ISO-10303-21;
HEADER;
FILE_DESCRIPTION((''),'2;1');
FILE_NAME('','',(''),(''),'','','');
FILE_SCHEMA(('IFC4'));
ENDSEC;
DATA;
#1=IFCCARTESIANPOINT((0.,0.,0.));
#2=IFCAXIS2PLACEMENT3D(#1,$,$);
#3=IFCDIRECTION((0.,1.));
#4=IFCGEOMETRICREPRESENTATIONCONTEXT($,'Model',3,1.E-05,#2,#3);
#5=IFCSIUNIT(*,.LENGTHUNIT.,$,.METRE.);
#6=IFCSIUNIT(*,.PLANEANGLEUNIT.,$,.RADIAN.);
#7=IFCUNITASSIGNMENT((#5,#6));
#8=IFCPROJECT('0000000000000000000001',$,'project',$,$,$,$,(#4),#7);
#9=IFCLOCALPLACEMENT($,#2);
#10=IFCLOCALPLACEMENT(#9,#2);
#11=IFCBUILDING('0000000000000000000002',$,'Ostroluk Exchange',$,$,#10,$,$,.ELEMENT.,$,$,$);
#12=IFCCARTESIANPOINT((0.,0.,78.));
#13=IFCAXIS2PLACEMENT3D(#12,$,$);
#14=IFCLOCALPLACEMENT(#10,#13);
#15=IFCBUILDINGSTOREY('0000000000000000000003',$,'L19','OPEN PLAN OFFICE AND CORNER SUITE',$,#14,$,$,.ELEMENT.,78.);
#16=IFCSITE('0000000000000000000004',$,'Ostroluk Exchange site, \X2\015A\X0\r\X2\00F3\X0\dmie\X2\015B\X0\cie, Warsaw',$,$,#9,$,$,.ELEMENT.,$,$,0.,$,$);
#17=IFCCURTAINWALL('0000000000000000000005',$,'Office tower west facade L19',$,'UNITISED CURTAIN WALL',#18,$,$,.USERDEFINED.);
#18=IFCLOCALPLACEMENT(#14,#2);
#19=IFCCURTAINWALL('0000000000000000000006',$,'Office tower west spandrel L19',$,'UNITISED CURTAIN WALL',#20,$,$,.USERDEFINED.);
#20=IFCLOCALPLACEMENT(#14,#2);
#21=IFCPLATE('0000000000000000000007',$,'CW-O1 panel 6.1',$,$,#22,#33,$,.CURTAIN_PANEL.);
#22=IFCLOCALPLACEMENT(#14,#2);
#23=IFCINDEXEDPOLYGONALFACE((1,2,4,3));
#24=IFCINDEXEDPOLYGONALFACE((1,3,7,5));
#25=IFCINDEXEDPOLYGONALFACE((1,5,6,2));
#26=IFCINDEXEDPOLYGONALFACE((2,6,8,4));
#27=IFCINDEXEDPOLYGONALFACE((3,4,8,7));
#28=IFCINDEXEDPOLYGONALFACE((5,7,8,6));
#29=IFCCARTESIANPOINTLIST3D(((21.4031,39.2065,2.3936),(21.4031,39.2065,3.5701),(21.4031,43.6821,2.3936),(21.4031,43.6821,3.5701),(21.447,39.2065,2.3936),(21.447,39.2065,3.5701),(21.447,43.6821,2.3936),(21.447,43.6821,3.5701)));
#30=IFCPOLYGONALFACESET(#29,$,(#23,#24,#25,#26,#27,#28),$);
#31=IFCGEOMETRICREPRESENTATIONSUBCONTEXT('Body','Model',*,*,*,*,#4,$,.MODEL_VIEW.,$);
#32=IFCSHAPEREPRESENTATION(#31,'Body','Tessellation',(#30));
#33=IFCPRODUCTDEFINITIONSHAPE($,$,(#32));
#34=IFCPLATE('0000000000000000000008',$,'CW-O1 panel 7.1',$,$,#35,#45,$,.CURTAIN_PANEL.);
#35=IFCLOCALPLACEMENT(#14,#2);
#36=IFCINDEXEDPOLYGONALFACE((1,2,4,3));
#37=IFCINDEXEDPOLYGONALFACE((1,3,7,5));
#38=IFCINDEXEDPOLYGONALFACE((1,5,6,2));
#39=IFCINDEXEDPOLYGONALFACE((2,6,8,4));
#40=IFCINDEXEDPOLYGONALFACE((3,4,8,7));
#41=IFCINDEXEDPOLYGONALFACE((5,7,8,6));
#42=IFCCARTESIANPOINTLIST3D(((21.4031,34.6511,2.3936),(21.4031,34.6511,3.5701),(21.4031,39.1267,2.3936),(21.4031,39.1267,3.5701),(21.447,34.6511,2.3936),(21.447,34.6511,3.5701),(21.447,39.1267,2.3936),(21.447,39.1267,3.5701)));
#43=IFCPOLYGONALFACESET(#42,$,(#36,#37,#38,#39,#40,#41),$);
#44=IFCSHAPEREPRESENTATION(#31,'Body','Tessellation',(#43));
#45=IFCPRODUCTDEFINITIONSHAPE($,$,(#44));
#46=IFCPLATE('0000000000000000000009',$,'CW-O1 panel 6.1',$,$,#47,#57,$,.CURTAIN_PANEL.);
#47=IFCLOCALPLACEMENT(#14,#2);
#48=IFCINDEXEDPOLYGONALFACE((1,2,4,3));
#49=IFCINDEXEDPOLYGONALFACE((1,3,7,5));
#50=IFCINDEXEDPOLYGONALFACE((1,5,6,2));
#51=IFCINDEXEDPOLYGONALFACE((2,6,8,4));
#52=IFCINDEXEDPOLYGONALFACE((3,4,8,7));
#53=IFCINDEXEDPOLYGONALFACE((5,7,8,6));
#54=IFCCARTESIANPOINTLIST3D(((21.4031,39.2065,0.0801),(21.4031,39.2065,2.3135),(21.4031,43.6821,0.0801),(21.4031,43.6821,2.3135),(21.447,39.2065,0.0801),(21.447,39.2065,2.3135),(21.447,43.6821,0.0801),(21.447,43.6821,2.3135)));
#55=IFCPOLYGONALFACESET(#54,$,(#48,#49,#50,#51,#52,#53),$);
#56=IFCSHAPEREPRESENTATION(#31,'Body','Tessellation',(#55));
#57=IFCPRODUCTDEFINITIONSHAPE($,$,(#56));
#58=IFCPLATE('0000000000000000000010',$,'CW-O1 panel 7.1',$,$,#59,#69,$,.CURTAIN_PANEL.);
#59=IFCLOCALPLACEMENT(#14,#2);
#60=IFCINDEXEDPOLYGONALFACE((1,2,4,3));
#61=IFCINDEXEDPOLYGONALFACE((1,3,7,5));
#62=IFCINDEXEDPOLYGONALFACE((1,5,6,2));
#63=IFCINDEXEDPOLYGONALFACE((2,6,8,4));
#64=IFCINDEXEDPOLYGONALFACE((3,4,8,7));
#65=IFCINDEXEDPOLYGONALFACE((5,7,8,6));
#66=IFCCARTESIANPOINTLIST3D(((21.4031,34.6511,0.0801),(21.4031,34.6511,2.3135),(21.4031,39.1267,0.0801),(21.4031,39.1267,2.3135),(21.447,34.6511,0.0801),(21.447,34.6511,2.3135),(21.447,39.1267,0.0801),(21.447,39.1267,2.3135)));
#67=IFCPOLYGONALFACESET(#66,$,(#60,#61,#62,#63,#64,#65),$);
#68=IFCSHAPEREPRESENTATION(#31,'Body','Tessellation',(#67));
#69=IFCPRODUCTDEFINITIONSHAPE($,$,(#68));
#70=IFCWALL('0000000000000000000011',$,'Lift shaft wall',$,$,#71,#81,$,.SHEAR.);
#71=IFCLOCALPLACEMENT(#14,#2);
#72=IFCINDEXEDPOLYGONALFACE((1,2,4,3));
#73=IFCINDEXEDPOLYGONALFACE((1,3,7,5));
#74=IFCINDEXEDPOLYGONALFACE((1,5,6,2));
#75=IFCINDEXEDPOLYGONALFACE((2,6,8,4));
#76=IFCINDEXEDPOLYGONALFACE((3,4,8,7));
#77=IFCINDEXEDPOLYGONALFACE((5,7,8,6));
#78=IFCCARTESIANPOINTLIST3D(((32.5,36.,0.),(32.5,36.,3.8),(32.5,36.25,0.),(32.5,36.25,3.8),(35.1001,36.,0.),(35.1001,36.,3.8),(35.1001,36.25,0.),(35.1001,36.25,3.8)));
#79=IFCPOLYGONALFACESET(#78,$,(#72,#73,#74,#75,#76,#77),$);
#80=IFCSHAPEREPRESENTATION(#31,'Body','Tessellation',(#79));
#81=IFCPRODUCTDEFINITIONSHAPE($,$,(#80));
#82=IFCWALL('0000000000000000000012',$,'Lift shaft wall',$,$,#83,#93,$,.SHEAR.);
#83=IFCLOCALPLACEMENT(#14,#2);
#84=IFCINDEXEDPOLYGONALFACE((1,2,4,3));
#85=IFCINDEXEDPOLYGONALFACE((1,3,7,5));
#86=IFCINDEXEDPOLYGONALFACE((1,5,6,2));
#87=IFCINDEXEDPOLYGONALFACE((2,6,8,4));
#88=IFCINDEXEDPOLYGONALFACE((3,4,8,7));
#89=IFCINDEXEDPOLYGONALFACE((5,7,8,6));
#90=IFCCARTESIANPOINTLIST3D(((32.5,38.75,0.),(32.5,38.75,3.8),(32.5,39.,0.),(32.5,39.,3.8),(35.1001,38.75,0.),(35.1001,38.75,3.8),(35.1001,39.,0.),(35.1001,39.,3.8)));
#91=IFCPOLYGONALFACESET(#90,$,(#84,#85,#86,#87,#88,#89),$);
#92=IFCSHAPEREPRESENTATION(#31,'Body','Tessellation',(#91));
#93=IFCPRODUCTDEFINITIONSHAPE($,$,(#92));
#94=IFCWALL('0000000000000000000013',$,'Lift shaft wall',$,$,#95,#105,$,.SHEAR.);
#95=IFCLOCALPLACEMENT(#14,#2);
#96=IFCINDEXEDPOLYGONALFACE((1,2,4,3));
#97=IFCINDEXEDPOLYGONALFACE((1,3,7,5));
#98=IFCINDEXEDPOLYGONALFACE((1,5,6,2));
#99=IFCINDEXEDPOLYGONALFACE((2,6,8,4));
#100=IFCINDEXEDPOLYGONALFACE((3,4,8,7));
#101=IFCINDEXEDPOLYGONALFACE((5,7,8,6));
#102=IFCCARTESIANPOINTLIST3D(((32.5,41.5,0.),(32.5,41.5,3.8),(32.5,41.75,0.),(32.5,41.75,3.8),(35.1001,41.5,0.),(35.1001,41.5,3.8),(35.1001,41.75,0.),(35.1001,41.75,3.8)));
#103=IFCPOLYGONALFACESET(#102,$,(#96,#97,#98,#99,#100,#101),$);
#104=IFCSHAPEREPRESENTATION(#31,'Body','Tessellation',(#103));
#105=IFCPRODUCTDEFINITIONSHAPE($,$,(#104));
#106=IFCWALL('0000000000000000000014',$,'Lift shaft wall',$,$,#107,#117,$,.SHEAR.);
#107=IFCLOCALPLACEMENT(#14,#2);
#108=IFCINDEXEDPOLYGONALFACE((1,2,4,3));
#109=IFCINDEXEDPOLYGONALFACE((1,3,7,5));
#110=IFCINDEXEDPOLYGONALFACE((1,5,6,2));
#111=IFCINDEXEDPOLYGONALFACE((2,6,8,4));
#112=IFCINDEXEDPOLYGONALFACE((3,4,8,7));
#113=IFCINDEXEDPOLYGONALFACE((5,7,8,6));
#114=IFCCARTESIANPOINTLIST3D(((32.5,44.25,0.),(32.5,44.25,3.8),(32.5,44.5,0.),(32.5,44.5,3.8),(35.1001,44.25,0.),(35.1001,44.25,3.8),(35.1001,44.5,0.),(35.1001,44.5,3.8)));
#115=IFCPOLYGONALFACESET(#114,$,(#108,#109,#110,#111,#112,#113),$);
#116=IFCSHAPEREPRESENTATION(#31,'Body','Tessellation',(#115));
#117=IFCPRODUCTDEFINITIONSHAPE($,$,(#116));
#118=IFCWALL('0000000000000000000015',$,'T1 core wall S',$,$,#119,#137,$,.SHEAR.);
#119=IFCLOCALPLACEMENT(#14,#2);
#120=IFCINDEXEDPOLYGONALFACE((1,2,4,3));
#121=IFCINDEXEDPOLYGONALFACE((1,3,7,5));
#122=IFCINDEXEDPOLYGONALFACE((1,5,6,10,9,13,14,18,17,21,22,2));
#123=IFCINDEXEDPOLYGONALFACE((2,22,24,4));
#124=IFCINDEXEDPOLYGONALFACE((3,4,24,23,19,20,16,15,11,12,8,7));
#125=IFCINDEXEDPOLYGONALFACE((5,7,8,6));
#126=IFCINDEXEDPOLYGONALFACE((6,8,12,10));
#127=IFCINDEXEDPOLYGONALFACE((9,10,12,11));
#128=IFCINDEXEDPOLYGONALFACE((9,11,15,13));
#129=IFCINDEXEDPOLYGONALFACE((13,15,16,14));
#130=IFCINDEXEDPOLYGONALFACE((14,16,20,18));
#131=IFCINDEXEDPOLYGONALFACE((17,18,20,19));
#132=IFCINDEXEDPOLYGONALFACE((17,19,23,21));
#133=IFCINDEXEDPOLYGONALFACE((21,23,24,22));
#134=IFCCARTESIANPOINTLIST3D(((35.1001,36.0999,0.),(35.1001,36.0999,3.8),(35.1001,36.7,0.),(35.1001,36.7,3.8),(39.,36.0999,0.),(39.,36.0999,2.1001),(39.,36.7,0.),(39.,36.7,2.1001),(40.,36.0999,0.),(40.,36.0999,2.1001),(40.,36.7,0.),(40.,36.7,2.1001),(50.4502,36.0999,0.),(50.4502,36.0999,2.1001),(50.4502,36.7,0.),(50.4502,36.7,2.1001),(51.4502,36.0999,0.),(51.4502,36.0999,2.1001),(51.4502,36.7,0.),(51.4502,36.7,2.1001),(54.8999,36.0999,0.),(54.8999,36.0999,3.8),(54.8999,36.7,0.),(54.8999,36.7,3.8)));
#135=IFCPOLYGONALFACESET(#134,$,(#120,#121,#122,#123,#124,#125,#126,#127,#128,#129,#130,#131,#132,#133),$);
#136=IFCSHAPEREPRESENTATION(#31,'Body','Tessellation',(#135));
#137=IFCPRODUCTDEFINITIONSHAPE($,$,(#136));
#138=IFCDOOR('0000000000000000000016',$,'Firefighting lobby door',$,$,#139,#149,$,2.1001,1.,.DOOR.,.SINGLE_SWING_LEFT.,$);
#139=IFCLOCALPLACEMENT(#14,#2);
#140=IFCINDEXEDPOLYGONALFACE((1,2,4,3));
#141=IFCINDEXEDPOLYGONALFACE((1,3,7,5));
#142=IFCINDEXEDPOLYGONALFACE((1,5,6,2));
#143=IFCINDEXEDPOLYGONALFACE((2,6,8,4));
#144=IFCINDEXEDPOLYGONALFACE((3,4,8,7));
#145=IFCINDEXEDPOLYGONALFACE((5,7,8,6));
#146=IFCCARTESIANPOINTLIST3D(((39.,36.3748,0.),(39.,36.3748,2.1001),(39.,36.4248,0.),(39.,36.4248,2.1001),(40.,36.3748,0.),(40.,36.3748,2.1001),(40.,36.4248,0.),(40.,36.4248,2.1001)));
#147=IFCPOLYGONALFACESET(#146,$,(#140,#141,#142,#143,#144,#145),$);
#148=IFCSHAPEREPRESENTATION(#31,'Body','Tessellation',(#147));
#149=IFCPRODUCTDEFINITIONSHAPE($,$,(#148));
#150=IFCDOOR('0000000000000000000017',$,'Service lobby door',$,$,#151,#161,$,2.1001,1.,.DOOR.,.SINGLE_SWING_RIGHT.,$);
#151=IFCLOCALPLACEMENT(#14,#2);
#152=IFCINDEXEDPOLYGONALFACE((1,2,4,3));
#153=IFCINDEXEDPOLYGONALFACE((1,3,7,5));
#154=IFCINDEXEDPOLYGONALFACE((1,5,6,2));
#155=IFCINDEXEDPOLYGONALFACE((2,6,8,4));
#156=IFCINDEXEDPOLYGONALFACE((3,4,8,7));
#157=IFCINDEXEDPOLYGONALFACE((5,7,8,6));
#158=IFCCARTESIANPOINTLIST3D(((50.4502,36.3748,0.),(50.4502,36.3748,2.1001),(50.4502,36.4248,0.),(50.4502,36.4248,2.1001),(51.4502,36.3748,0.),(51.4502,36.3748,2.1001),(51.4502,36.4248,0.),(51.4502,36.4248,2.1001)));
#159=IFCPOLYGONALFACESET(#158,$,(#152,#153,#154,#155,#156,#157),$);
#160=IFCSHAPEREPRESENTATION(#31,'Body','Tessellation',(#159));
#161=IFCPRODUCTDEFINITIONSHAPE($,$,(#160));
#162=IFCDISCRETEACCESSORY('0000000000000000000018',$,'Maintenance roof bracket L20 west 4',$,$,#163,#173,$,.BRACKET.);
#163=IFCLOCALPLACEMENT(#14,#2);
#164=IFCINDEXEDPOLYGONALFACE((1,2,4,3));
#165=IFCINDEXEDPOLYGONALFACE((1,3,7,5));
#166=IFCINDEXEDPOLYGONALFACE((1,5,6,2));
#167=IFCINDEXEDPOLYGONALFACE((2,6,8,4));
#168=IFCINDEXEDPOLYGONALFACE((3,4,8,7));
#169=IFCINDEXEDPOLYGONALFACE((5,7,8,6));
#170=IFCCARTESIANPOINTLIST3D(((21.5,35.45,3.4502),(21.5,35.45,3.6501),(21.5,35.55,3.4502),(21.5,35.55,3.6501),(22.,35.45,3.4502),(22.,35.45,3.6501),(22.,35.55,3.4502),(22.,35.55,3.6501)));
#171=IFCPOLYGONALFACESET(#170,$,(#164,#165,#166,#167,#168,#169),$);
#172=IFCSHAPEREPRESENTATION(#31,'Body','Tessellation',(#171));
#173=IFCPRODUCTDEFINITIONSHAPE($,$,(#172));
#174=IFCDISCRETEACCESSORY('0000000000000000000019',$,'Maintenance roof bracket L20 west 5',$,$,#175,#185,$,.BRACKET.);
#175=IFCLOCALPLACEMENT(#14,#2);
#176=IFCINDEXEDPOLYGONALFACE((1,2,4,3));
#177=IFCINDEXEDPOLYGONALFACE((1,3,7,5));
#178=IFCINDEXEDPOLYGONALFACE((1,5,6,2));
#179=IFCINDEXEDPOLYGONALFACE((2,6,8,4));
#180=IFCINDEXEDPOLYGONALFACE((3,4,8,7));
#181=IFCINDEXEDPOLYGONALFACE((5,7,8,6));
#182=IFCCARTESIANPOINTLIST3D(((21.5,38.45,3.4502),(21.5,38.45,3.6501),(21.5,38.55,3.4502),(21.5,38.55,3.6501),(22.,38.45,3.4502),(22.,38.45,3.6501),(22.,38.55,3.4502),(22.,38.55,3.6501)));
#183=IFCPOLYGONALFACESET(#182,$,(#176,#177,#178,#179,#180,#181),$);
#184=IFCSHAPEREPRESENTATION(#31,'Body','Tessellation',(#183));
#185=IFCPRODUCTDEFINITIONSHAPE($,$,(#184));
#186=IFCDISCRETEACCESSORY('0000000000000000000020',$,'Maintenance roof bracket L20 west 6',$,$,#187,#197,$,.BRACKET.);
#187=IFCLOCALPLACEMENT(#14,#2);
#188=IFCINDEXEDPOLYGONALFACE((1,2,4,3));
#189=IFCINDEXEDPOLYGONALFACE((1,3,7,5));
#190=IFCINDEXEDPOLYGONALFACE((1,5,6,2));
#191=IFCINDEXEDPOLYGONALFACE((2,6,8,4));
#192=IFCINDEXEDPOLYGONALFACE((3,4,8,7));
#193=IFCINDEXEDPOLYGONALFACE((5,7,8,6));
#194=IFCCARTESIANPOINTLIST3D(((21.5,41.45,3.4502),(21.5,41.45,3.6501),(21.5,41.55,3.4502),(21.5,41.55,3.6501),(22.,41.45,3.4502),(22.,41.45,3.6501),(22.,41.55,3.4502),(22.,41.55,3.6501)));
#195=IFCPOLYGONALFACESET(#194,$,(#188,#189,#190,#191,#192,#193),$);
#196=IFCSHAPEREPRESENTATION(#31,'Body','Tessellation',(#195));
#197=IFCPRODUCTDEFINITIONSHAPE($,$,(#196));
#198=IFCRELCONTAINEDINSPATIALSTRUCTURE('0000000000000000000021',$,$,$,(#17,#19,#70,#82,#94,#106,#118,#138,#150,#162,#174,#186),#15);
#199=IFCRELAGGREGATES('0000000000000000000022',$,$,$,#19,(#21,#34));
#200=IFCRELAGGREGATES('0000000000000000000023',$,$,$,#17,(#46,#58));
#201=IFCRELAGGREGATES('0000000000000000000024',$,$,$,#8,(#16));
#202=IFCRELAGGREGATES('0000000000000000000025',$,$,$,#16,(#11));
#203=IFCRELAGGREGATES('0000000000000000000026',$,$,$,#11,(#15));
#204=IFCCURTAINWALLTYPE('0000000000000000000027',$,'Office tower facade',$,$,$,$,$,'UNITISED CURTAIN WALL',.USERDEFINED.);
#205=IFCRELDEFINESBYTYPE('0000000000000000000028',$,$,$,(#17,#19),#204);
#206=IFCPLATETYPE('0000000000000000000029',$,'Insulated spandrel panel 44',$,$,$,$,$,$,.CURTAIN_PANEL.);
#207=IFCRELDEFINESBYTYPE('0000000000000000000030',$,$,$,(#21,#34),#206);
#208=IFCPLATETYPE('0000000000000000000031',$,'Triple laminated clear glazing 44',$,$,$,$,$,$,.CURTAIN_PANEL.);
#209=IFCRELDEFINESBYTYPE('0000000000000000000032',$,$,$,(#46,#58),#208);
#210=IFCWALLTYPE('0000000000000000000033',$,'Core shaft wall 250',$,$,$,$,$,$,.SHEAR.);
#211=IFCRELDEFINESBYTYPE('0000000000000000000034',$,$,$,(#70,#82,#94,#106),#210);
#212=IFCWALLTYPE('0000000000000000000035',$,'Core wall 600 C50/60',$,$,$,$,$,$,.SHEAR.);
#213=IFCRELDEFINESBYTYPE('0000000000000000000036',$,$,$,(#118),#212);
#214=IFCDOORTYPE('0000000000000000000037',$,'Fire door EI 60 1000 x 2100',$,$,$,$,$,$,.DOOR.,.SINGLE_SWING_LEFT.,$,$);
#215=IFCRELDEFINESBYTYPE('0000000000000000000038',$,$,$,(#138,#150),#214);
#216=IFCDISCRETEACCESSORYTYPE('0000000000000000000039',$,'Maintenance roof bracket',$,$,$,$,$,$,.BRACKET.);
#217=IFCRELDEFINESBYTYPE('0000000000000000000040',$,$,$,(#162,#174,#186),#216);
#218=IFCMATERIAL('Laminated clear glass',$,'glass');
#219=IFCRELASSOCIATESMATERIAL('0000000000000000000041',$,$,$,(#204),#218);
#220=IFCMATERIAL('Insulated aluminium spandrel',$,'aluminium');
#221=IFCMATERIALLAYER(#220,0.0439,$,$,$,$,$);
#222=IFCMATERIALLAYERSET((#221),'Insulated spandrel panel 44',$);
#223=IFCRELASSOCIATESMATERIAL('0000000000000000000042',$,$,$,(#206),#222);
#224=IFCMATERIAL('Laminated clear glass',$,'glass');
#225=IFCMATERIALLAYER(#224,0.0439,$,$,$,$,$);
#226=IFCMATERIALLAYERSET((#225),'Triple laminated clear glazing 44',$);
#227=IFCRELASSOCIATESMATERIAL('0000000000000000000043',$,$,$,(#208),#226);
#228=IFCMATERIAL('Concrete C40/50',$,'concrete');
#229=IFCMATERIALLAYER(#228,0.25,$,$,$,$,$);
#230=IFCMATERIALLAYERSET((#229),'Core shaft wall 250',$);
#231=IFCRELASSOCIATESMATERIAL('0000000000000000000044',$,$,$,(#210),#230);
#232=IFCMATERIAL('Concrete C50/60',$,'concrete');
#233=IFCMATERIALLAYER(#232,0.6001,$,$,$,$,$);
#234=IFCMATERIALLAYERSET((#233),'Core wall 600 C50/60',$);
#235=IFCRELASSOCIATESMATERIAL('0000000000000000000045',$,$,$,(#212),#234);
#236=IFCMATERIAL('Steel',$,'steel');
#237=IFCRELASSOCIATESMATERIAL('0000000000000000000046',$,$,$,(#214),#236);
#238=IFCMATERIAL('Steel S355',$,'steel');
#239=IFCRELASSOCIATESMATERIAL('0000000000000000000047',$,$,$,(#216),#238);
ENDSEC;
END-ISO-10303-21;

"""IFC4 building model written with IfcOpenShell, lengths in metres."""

from ifc_helpers import new_model, si_unit, direction, frame, frame_2d, origin, origin_2d, place, context, subcontext, project, spatial, rectangle, extrude, material, layer, layer_set, type_object, element, fill, aggregate, save


model = new_model("IFC4")

# Units and contexts
model_context = context("Model", 3, precision=1e-05, world=origin(), true_north=direction((0.0, 1.0)))
body_context = subcontext(model_context, "Body", "Model", "MODEL_VIEW")
ifc_project = project(units=[si_unit("LENGTHUNIT", "METRE"), si_unit("PLANEANGLEUNIT", "RADIAN")], contexts=[model_context])

# Site, building, storey
site_placement = place(None, origin())
site = spatial("IfcSite", under=ifc_project, at=site_placement, Name="Ostroluk Exchange site, Śródmieście, Warsaw", CompositionType="ELEMENT", RefElevation=0.0)
building_placement = place(site_placement, origin())
building = spatial("IfcBuilding", under=site, at=building_placement, Name="Ostroluk Exchange", CompositionType="ELEMENT")
storey_placement = place(building_placement, frame((0.0, 0.0, 78.0)))
storey = spatial("IfcBuildingStorey", under=building, at=storey_placement, Name="L19", Description="OPEN PLAN OFFICE AND CORNER SUITE", CompositionType="ELEMENT", Elevation=78.0)

# Curtain walls
ifc_material_1 = material(Name="Laminated clear glass", Category="glass")
curtain_wall_type = type_object("IfcCurtainWallType", Name="Office tower facade", ElementType="UNITISED CURTAIN WALL", PredefinedType="USERDEFINED", material=ifc_material_1)
curtain_wall_1_placement = place(storey_placement, origin())
curtain_wall_1 = element("IfcCurtainWall", 1, at=curtain_wall_1_placement, inside=storey, type_object=curtain_wall_type, Name="Office tower west facade L19", ObjectType="UNITISED CURTAIN WALL", PredefinedType="USERDEFINED")
curtain_wall_2_placement = place(storey_placement, origin())
curtain_wall_2 = element("IfcCurtainWall", 2, at=curtain_wall_2_placement, inside=storey, type_object=curtain_wall_type, Name="Office tower west spandrel L19", ObjectType="UNITISED CURTAIN WALL", PredefinedType="USERDEFINED")

# Plates
ifc_material_2 = material(Name="Insulated aluminium spandrel", Category="aluminium")
ifc_layer_1 = layer(ifc_material_2, 0.0439)
ifc_layer_set_1 = layer_set([ifc_layer_1], Name="Insulated spandrel panel 44")
plate_type_1 = type_object("IfcPlateType", Name="Insulated spandrel panel 44", PredefinedType="CURTAIN_PANEL", material=ifc_layer_set_1)
plate_1_placement = place(storey_placement, frame((21.425, 41.4443, 2.3936), z_axis=(0.0, 0.0, 1.0), x_axis=(0.0, -1.0, 0.0)))
plate_1 = element("IfcPlate", 3, at=plate_1_placement, type_object=plate_type_1, Name="CW-O1 panel 6.1", PredefinedType="CURTAIN_PANEL", context=body_context, shape_type="SweptSolid", body=[
    extrude(rectangle(XDim=4.4756, YDim=0.0439, at=origin_2d()), origin(), (0.0, 0.0, 1.0), 1.1765),
])
plate_2_placement = place(storey_placement, frame((21.425, 36.8889, 2.3936), z_axis=(0.0, 0.0, 1.0), x_axis=(0.0, -1.0, 0.0)))
plate_2 = element("IfcPlate", 4, at=plate_2_placement, type_object=plate_type_1, Name="CW-O1 panel 7.1", PredefinedType="CURTAIN_PANEL", context=body_context, shape_type="SweptSolid", body=[
    extrude(rectangle(XDim=4.4756, YDim=0.0439, at=origin_2d()), origin(), (0.0, 0.0, 1.0), 1.1765),
])
aggregate(curtain_wall_2, [plate_1, plate_2])
ifc_material_3 = material(Name="Laminated clear glass", Category="glass")
ifc_layer_2 = layer(ifc_material_3, 0.0439)
ifc_layer_set_2 = layer_set([ifc_layer_2], Name="Triple laminated clear glazing 44")
plate_type_2 = type_object("IfcPlateType", Name="Triple laminated clear glazing 44", PredefinedType="CURTAIN_PANEL", material=ifc_layer_set_2)
plate_3_placement = place(storey_placement, frame((21.425, 41.4443, 0.0801), z_axis=(0.0, 0.0, 1.0), x_axis=(0.0, -1.0, 0.0)))
plate_3 = element("IfcPlate", 5, at=plate_3_placement, type_object=plate_type_2, Name="CW-O1 panel 6.1", PredefinedType="CURTAIN_PANEL", context=body_context, shape_type="SweptSolid", body=[
    extrude(rectangle(XDim=4.4756, YDim=0.0439, at=origin_2d()), origin(), (0.0, 0.0, 1.0), 2.2334),
])
plate_4_placement = place(storey_placement, frame((21.425, 36.8889, 0.0801), z_axis=(0.0, 0.0, 1.0), x_axis=(0.0, -1.0, 0.0)))
plate_4 = element("IfcPlate", 6, at=plate_4_placement, type_object=plate_type_2, Name="CW-O1 panel 7.1", PredefinedType="CURTAIN_PANEL", context=body_context, shape_type="SweptSolid", body=[
    extrude(rectangle(XDim=4.4756, YDim=0.0439, at=origin_2d()), origin(), (0.0, 0.0, 1.0), 2.2334),
])
aggregate(curtain_wall_1, [plate_3, plate_4])

# Walls
ifc_material_4 = material(Name="Concrete C40/50", Category="concrete")
ifc_layer_3 = layer(ifc_material_4, 0.25)
ifc_layer_set_3 = layer_set([ifc_layer_3], Name="Core shaft wall 250")
wall_type_1 = type_object("IfcWallType", Name="Core shaft wall 250", PredefinedType="SHEAR", material=ifc_layer_set_3)
for number, where, z_axis, x_axis, name in (
    (7, (32.5, 36.125, 0.0), (0.0, 0.0, 1.0), (1.0, 0.0, 0.0), "Lift shaft wall"),
    (8, (32.5, 38.875, 0.0), (0.0, 0.0, 1.0), (1.0, 0.0, 0.0), "Lift shaft wall"),
    (9, (32.5, 41.625, 0.0), (0.0, 0.0, 1.0), (1.0, 0.0, 0.0), "Lift shaft wall"),
    (10, (32.5, 44.375, 0.0), (0.0, 0.0, 1.0), (1.0, 0.0, 0.0), "Lift shaft wall"),
):
    element("IfcWall", number, at=place(storey_placement, frame(where, z_axis=z_axis, x_axis=x_axis)), inside=storey, type_object=wall_type_1, Name=name, PredefinedType="SHEAR", context=body_context, shape_type="SweptSolid", body=[
        extrude(rectangle(XDim=2.6001, YDim=0.25, at=frame_2d((1.3, 0.0))), origin(), (0.0, 0.0, 1.0), 3.8),
    ])

# Wall, openings, doors
ifc_material_5 = material(Name="Concrete C50/60", Category="concrete")
ifc_layer_4 = layer(ifc_material_5, 0.6001)
ifc_layer_set_4 = layer_set([ifc_layer_4], Name="Core wall 600 C50/60")
wall_type_2 = type_object("IfcWallType", Name="Core wall 600 C50/60", PredefinedType="SHEAR", material=ifc_layer_set_4)
wall_1_placement = place(storey_placement, frame((35.1001, 36.3999, 0.0), z_axis=(0.0, 0.0, 1.0), x_axis=(1.0, 0.0, 0.0)))
wall_1 = element("IfcWall", 11, at=wall_1_placement, inside=storey, type_object=wall_type_2, Name="T1 core wall S", PredefinedType="SHEAR", context=body_context, shape_type="SweptSolid", body=[
    extrude(rectangle(XDim=19.7998, YDim=0.6001, at=frame_2d((9.8999, 0.0))), origin(), (0.0, 0.0, 1.0), 3.8),
])
opening_1_placement = place(wall_1_placement, frame((3.8999, 0.0, 0.0)))
opening_1 = element("IfcOpeningElement", 12, at=opening_1_placement, cuts=wall_1, PredefinedType="OPENING", context=body_context, shape_type="SweptSolid", body=[
    extrude(rectangle(XDim=1.0, YDim=2.1001, at=frame_2d((0.5, 1.05))), frame((0.0, 0.3101, 0.0), z_axis=(0.0, -1.0, 0.0), x_axis=(1.0, 0.0, 0.0)), (0.0, 0.0, 1.0), 0.6201),
])
opening_2_placement = place(wall_1_placement, frame((15.3501, 0.0, 0.0)))
opening_2 = element("IfcOpeningElement", 13, at=opening_2_placement, cuts=wall_1, PredefinedType="OPENING", context=body_context, shape_type="SweptSolid", body=[
    extrude(rectangle(XDim=1.0, YDim=2.1001, at=frame_2d((0.5, 1.05))), frame((0.0, 0.3101, 0.0), z_axis=(0.0, -1.0, 0.0), x_axis=(1.0, 0.0, 0.0)), (0.0, 0.0, 1.0), 0.6201),
])
ifc_material_6 = material(Name="Steel", Category="steel")
door_type_1 = type_object("IfcDoorType", Name="Fire door EI 60 1000 x 2100", OperationType="SINGLE_SWING_LEFT", PredefinedType="DOOR", material=ifc_material_6)
door_1_placement = place(opening_1_placement, origin())
door_1 = element("IfcDoor", 14, at=door_1_placement, inside=storey, type_object=door_type_1, Name="Firefighting lobby door", OperationType="SINGLE_SWING_LEFT", OverallHeight=2.1001, OverallWidth=1.0, PredefinedType="DOOR", context=body_context, shape_type="SweptSolid", body=[
    extrude(rectangle(XDim=1.0, YDim=2.1001, at=frame_2d((0.5, 1.05))), frame((0.0, 0.0249, 0.0), z_axis=(0.0, -1.0, 0.0), x_axis=(1.0, 0.0, 0.0)), (0.0, 0.0, 1.0), 0.05),
])
fill(opening_1, door_1)
door_2_placement = place(opening_2_placement, origin())
door_2 = element("IfcDoor", 15, at=door_2_placement, inside=storey, type_object=door_type_1, Name="Service lobby door", OperationType="SINGLE_SWING_RIGHT", OverallHeight=2.1001, OverallWidth=1.0, PredefinedType="DOOR", context=body_context, shape_type="SweptSolid", body=[
    extrude(rectangle(XDim=1.0, YDim=2.1001, at=frame_2d((0.5, 1.05))), frame((0.0, 0.0249, 0.0), z_axis=(0.0, -1.0, 0.0), x_axis=(1.0, 0.0, 0.0)), (0.0, 0.0, 1.0), 0.05),
])
fill(opening_2, door_2)

# Discrete accessories
ifc_material_7 = material(Name="Steel S355", Category="steel")
discrete_accessory_type = type_object("IfcDiscreteAccessoryType", Name="Maintenance roof bracket", PredefinedType="BRACKET", material=ifc_material_7)
for number, where, z_axis, x_axis, name in (
    (16, (21.75, 35.5, 3.4502), (0.0, 0.0, 1.0), (1.0, 0.0, 0.0), "Maintenance roof bracket L20 west 4"),
    (17, (21.75, 38.5, 3.4502), (0.0, 0.0, 1.0), (1.0, 0.0, 0.0), "Maintenance roof bracket L20 west 5"),
    (18, (21.75, 41.5, 3.4502), (0.0, 0.0, 1.0), (1.0, 0.0, 0.0), "Maintenance roof bracket L20 west 6"),
):
    element("IfcDiscreteAccessory", number, at=place(storey_placement, frame(where, z_axis=z_axis, x_axis=x_axis)), inside=storey, type_object=discrete_accessory_type, Name=name, PredefinedType="BRACKET", context=body_context, shape_type="SweptSolid", body=[
        extrude(rectangle(XDim=0.5, YDim=0.1001, at=origin_2d()), origin(), (0.0, 0.0, 1.0), 0.2),
    ])

save(model, "model.ifc")
